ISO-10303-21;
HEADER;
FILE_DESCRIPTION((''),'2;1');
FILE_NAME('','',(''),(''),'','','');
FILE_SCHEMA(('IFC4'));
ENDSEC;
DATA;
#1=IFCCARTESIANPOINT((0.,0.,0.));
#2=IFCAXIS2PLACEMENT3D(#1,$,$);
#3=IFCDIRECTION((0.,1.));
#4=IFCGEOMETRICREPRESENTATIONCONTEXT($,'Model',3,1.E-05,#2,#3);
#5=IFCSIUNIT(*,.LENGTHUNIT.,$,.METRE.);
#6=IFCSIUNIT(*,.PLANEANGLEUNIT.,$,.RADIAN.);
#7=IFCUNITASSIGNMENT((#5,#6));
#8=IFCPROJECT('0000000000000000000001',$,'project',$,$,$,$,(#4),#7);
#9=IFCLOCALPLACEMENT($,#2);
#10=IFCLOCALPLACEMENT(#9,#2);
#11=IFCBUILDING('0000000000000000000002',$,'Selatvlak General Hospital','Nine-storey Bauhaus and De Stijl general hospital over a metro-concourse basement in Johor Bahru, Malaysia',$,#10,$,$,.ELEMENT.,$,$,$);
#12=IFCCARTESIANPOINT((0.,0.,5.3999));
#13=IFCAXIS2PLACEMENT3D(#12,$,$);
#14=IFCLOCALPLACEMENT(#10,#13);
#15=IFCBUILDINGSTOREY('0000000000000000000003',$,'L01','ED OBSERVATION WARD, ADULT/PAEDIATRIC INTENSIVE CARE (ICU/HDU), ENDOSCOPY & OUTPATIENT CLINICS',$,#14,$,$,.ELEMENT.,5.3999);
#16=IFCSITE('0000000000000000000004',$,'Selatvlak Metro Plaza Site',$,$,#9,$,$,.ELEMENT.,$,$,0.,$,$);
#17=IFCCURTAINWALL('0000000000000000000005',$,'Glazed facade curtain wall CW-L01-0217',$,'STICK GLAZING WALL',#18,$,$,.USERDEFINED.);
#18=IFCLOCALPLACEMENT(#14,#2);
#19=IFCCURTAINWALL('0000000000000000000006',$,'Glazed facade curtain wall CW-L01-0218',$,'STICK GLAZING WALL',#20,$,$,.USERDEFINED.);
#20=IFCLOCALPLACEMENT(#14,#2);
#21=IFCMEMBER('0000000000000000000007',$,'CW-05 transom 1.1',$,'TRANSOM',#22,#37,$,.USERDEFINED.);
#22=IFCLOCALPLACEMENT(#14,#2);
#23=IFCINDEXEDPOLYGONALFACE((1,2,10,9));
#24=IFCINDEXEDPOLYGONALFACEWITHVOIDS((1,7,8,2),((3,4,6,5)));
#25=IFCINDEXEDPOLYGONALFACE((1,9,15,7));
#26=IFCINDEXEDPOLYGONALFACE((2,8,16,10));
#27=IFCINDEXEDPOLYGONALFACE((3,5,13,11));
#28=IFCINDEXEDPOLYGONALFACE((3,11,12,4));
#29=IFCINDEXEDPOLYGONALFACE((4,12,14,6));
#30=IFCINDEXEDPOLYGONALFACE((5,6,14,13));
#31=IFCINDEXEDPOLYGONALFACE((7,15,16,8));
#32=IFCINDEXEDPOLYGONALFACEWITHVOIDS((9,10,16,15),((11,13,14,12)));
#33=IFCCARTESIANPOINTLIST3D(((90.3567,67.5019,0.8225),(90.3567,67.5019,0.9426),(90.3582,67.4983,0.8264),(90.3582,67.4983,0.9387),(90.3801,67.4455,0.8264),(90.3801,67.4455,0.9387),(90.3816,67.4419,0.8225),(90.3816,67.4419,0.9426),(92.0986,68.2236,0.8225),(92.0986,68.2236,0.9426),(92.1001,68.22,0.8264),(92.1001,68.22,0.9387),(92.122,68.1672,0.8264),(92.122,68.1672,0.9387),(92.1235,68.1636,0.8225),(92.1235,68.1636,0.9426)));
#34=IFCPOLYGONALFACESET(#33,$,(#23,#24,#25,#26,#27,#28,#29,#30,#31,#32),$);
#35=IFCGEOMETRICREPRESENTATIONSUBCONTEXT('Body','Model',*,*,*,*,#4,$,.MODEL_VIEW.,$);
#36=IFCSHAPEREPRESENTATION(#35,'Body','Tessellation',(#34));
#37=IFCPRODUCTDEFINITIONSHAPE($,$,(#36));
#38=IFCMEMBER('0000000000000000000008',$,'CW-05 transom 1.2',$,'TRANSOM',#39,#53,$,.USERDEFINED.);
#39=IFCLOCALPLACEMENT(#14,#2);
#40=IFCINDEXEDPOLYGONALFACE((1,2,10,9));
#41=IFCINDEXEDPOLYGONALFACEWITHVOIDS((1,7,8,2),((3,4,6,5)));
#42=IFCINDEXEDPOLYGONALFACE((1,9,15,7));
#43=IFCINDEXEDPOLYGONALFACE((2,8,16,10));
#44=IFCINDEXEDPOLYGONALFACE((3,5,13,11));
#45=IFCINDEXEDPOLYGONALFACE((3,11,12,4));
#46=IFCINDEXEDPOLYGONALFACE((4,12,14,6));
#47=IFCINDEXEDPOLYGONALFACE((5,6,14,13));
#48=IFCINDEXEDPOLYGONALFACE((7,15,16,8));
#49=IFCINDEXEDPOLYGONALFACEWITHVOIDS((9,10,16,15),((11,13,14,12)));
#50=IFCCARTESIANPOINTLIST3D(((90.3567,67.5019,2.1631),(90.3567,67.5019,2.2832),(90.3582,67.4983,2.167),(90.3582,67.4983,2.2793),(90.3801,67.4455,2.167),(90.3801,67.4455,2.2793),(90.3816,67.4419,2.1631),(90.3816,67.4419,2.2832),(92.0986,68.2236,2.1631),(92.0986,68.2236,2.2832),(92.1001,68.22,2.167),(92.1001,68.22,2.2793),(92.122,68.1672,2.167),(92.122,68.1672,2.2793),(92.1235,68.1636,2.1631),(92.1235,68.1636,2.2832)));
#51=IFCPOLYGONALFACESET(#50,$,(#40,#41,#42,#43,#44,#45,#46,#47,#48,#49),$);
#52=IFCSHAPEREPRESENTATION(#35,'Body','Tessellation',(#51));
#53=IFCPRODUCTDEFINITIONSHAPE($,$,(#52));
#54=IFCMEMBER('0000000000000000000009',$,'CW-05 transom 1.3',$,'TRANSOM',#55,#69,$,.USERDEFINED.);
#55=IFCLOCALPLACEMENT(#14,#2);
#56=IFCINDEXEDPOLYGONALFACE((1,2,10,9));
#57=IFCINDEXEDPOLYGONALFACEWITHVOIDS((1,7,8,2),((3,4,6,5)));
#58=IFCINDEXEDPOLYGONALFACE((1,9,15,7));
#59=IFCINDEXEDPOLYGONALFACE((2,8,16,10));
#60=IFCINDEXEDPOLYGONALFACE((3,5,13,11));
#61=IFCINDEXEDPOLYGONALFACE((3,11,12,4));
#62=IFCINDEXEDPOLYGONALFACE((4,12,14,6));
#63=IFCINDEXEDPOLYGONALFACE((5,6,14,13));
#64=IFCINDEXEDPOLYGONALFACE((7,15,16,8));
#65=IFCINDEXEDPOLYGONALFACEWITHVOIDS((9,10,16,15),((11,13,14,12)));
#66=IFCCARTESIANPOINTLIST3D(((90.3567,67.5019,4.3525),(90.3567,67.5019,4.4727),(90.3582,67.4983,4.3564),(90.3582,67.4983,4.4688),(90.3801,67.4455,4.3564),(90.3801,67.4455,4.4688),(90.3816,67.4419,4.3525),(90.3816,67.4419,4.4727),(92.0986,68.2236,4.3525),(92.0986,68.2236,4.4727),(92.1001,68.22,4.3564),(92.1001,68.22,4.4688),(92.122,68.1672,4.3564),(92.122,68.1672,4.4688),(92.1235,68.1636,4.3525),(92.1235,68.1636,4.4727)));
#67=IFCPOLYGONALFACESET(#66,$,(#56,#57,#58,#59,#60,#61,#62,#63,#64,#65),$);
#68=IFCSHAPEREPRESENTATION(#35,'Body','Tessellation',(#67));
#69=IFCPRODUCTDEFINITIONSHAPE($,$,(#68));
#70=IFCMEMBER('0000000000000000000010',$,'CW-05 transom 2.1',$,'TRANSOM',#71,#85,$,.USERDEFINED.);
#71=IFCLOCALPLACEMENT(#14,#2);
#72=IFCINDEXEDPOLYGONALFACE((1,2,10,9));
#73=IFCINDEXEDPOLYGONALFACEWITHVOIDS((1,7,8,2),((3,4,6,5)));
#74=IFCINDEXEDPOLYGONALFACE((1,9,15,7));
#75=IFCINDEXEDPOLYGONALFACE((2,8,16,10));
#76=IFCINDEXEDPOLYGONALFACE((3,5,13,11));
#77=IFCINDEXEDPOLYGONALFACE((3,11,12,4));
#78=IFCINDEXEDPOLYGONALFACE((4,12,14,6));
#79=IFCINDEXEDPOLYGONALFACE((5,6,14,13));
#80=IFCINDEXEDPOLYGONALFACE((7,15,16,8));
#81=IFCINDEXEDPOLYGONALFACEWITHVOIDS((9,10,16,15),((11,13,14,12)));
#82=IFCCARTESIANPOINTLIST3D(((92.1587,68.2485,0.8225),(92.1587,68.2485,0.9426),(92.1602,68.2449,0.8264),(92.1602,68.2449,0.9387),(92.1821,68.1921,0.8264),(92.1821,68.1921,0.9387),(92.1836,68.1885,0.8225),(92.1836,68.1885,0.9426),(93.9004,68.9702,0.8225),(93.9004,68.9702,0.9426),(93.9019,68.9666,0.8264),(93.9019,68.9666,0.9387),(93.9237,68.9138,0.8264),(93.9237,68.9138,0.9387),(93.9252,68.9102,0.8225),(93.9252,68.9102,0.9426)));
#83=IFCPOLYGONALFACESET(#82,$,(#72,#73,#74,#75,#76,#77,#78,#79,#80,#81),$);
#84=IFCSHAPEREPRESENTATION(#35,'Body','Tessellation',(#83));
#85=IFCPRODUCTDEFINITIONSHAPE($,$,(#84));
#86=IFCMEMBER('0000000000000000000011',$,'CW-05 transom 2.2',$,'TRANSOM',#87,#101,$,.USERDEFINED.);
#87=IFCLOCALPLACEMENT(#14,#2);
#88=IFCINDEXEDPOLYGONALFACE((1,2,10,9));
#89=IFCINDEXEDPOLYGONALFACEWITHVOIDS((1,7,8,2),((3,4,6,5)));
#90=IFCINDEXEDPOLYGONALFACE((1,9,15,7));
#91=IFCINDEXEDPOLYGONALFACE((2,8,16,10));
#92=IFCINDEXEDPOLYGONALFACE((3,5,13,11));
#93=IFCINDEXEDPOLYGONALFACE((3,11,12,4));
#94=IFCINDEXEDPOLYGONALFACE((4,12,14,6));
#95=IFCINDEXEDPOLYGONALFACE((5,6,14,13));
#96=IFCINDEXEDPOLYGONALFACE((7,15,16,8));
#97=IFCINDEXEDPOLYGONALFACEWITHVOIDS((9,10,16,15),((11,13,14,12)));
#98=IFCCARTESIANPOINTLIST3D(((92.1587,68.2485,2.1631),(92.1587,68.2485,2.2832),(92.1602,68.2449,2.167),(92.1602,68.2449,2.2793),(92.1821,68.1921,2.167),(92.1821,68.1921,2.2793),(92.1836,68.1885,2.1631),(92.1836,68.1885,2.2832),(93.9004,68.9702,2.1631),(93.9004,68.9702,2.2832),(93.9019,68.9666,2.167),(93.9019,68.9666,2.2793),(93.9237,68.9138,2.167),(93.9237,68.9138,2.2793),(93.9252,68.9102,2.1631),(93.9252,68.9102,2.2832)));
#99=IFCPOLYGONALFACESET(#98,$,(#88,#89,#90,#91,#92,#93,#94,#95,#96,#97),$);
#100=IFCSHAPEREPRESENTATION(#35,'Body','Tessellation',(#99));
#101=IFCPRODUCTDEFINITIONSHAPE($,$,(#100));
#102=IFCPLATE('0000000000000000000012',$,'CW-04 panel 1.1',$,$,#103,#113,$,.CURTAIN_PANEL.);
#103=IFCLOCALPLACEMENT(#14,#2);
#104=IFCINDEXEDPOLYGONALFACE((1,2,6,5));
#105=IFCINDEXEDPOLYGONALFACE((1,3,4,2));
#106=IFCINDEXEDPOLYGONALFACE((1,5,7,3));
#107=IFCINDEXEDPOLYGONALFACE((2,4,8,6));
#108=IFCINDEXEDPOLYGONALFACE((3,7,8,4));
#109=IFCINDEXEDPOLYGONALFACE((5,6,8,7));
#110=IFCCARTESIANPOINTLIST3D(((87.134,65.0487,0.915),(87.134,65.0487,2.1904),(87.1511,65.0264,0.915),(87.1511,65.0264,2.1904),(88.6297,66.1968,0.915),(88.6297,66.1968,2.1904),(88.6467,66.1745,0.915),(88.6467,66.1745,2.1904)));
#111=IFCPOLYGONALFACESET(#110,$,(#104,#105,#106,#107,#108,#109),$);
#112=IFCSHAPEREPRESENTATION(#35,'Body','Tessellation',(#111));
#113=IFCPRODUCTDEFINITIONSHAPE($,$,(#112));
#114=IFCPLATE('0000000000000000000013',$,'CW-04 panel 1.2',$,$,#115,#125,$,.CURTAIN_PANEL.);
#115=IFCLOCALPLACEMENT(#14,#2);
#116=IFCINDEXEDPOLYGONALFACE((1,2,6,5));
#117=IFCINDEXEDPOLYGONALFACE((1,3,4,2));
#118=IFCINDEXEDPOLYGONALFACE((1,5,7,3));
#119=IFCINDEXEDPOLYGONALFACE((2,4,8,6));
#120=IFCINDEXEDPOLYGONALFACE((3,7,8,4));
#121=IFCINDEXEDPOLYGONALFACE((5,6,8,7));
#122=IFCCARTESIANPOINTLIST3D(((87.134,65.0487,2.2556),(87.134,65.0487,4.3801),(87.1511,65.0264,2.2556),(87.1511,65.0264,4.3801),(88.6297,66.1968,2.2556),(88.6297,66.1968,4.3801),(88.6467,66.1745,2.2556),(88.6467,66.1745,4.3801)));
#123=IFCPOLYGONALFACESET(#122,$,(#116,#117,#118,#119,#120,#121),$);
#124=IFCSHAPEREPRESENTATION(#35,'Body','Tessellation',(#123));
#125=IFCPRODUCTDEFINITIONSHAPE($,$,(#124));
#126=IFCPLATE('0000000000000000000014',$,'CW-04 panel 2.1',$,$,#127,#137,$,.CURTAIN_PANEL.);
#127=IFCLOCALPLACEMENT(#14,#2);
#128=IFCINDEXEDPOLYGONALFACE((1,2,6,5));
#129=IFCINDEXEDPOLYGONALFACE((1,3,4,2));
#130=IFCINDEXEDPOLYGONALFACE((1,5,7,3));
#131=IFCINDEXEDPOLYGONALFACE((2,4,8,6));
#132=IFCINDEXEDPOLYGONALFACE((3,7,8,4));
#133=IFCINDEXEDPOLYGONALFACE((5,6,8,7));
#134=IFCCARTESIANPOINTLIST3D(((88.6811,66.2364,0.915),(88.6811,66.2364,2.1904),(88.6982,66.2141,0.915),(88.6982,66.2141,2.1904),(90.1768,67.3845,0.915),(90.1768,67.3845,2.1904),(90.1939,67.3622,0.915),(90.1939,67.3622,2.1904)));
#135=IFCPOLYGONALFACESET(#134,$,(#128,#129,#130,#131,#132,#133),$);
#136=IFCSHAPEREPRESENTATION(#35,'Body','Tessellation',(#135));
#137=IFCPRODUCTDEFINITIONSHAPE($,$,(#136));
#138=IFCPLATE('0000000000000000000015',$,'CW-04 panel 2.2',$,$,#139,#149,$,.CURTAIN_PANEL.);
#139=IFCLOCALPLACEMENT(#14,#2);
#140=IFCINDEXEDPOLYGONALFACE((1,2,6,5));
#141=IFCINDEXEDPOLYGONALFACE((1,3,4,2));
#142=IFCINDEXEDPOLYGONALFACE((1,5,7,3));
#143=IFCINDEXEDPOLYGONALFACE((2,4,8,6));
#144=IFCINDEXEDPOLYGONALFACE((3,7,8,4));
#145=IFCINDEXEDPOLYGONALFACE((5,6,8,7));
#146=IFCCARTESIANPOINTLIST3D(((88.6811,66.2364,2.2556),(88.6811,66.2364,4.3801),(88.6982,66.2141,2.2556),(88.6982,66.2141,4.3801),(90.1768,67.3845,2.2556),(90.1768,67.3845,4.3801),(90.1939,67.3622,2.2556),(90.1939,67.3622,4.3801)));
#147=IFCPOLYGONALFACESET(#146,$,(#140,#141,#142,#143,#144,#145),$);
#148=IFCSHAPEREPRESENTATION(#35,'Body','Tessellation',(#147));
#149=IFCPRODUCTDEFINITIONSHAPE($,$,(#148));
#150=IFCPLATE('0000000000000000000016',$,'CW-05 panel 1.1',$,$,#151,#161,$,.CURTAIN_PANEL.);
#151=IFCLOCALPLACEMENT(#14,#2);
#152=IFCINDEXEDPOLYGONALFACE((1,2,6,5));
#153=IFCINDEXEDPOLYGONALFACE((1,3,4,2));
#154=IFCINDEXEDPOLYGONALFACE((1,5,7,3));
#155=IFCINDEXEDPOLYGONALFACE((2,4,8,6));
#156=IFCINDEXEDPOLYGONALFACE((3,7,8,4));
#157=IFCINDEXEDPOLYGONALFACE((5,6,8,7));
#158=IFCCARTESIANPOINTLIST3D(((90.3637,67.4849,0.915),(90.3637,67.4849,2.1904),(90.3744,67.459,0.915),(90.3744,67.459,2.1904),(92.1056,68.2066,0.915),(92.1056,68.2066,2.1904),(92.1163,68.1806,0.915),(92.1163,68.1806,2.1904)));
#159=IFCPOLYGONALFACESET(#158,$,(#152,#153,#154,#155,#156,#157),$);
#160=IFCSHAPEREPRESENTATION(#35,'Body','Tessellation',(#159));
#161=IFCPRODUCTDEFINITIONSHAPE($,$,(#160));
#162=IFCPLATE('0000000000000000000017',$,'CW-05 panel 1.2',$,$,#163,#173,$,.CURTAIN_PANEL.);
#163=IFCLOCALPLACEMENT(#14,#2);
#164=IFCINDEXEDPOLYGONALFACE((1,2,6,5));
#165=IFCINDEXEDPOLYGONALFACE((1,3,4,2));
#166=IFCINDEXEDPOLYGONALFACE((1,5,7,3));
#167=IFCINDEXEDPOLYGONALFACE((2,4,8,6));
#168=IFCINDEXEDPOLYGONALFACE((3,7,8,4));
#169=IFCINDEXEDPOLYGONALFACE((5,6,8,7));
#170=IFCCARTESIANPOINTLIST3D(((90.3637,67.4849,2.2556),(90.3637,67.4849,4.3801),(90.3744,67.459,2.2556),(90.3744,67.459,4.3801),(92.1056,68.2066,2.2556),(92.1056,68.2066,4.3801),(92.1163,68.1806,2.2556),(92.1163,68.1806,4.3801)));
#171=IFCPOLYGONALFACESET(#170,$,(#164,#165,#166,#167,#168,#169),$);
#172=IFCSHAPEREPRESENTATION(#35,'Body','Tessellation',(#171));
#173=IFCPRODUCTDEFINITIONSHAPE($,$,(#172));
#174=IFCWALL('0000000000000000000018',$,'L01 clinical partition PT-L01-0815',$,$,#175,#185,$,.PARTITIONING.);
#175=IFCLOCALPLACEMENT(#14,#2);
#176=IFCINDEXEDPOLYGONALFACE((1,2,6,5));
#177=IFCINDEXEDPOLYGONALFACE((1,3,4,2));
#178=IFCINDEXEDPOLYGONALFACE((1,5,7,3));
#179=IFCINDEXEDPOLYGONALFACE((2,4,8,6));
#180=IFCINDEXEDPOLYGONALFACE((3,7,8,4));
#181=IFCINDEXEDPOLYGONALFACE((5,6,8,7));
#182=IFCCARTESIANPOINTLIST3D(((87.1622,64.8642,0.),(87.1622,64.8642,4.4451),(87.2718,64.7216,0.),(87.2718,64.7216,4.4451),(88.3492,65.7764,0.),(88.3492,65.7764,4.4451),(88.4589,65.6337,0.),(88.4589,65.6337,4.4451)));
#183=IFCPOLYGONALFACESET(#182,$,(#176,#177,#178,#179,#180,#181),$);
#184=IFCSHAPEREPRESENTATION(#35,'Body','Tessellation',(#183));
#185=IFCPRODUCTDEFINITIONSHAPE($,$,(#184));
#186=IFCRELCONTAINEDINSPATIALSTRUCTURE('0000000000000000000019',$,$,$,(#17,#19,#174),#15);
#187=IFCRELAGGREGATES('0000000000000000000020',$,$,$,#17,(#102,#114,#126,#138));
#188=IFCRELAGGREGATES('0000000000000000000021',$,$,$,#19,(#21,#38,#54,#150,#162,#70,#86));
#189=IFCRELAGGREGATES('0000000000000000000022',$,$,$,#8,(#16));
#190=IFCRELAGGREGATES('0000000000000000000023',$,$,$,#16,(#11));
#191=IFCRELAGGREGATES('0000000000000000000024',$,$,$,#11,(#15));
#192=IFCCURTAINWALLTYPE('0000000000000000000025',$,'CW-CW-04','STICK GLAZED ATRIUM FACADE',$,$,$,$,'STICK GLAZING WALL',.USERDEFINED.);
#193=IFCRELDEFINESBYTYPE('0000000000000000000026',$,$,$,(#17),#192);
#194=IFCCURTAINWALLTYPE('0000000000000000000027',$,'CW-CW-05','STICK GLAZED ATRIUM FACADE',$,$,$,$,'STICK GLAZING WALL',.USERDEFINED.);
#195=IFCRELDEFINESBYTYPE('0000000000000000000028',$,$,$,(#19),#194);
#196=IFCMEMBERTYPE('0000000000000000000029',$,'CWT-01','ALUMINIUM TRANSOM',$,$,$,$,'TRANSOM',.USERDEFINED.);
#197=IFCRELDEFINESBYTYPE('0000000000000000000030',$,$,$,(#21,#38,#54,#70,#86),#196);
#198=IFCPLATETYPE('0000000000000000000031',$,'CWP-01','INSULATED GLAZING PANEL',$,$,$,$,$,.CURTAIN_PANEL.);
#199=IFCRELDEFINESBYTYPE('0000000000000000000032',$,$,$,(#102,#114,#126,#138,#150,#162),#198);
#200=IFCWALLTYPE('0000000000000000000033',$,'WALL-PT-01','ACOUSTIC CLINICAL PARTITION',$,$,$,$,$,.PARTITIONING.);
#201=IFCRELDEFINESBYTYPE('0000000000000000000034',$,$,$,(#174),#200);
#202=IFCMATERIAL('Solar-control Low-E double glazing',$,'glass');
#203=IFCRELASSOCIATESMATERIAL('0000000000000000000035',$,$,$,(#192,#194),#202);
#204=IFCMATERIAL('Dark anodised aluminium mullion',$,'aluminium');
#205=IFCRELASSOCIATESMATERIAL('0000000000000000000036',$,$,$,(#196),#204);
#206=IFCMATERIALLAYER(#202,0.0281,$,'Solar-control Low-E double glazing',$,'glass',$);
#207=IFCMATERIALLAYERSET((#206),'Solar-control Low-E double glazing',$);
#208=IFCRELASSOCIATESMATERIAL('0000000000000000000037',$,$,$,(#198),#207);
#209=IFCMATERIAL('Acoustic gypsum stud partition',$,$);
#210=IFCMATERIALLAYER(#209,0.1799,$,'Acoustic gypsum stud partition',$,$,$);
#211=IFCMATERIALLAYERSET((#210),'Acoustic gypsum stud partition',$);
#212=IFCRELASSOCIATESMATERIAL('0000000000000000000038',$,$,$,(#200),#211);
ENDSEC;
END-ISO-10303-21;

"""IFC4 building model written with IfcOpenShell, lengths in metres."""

from ifc_helpers import new_model, si_unit, direction, frame, frame_2d, origin, origin_2d, place, context, subcontext, project, spatial, rectangle, hollow_rectangle, extrude, material, layer, layer_set, material_profile, profile_set, type_object, element, aggregate, save


model = new_model("IFC4")

# Units and contexts
model_context = context("Model", 3, precision=1e-05, world=origin(), true_north=direction((0.0, 1.0)))
body_context = subcontext(model_context, "Body", "Model", "MODEL_VIEW")
ifc_project = project(units=[si_unit("LENGTHUNIT", "METRE"), si_unit("PLANEANGLEUNIT", "RADIAN")], contexts=[model_context])

# Site, building, storey
site_placement = place(None, origin())
site = spatial("IfcSite", under=ifc_project, at=site_placement, Name="Selatvlak Metro Plaza Site", CompositionType="ELEMENT", RefElevation=0.0)
building_placement = place(site_placement, origin())
building = spatial("IfcBuilding", under=site, at=building_placement, Name="Selatvlak General Hospital", Description="Nine-storey Bauhaus and De Stijl general hospital over a metro-concourse basement in Johor Bahru, Malaysia", CompositionType="ELEMENT")
storey_placement = place(building_placement, frame((0.0, 0.0, 5.3999)))
storey = spatial("IfcBuildingStorey", under=building, at=storey_placement, Name="L01", Description="ED OBSERVATION WARD, ADULT/PAEDIATRIC INTENSIVE CARE (ICU/HDU), ENDOSCOPY & OUTPATIENT CLINICS", CompositionType="ELEMENT", Elevation=5.3999)

# Curtain walls
ifc_material_1 = material(Name="Solar-control Low-E double glazing", Category="glass")
curtain_wall_type_1 = type_object("IfcCurtainWallType", Name="CW-CW-04", Description="STICK GLAZED ATRIUM FACADE", ElementType="STICK GLAZING WALL", PredefinedType="USERDEFINED", material=ifc_material_1)
curtain_wall_1_placement = place(storey_placement, origin())
curtain_wall_1 = element("IfcCurtainWall", 1, at=curtain_wall_1_placement, inside=storey, type_object=curtain_wall_type_1, Name="Glazed facade curtain wall CW-L01-0217", ObjectType="STICK GLAZING WALL", PredefinedType="USERDEFINED")
ifc_material_2 = material(Name="Dark anodised aluminium mullion", Category="aluminium")
curtain_wall_type_2 = type_object("IfcCurtainWallType", Name="CW-CW-05", Description="STICK GLAZED ATRIUM FACADE", ElementType="STICK GLAZING WALL", PredefinedType="USERDEFINED", material=ifc_material_1)
curtain_wall_2_placement = place(storey_placement, origin())
curtain_wall_2 = element("IfcCurtainWall", 2, at=curtain_wall_2_placement, inside=storey, type_object=curtain_wall_type_2, Name="Glazed facade curtain wall CW-L01-0218", ObjectType="STICK GLAZING WALL", PredefinedType="USERDEFINED")

# Members
ifc_material_profile_1 = material_profile(ifc_material_2, hollow_rectangle(XDim=0.0649, YDim=0.1201, WallThickness=0.0039, at=origin_2d()), Name="AL-TRN 65x120x4")
ifc_profile_set_1 = profile_set([ifc_material_profile_1], Name="Dark anodised aluminium mullion")
member_type_1 = type_object("IfcMemberType", Name="CWT-01", Description="ALUMINIUM TRANSOM", ElementType="TRANSOM", PredefinedType="USERDEFINED", material=ifc_profile_set_1)
member_1_placement = place(storey_placement, frame((90.3691, 67.4719, 0.8826), z_axis=(0.923853, 0.382748, 0.0), x_axis=(-0.382748, 0.923853, 0.0)))
member_1 = element("IfcMember", 3, at=member_1_placement, type_object=member_type_1, Name="CW-05 transom 1.1", ObjectType="TRANSOM", PredefinedType="USERDEFINED", context=body_context, shape_type="SweptSolid", body=[
    extrude(hollow_rectangle(XDim=0.0649, YDim=0.1201, WallThickness=0.0039, at=origin_2d()), origin(), (0.0, 0.0, 1.0), 1.8855),
])
member_2_placement = place(storey_placement, frame((90.3691, 67.4719, 2.2231), z_axis=(0.923853, 0.382748, 0.0), x_axis=(-0.382748, 0.923853, 0.0)))
member_2 = element("IfcMember", 4, at=member_2_placement, type_object=member_type_1, Name="CW-05 transom 1.2", ObjectType="TRANSOM", PredefinedType="USERDEFINED", context=body_context, shape_type="SweptSolid", body=[
    extrude(hollow_rectangle(XDim=0.0649, YDim=0.1201, WallThickness=0.0039, at=origin_2d()), origin(), (0.0, 0.0, 1.0), 1.8855),
])
member_3_placement = place(storey_placement, frame((90.3691, 67.4719, 4.4126), z_axis=(0.923853, 0.382748, 0.0), x_axis=(-0.382748, 0.923853, 0.0)))
member_3 = element("IfcMember", 5, at=member_3_placement, type_object=member_type_1, Name="CW-05 transom 1.3", ObjectType="TRANSOM", PredefinedType="USERDEFINED", context=body_context, shape_type="SweptSolid", body=[
    extrude(hollow_rectangle(XDim=0.0649, YDim=0.1201, WallThickness=0.0039, at=origin_2d()), origin(), (0.0, 0.0, 1.0), 1.8855),
])
member_4_placement = place(storey_placement, frame((92.1711, 68.2185, 0.8826), z_axis=(0.923834, 0.382794, 0.0), x_axis=(-0.382794, 0.923834, 0.0)))
member_4 = element("IfcMember", 6, at=member_4_placement, type_object=member_type_1, Name="CW-05 transom 2.1", ObjectType="TRANSOM", PredefinedType="USERDEFINED", context=body_context, shape_type="SweptSolid", body=[
    extrude(hollow_rectangle(XDim=0.0649, YDim=0.1201, WallThickness=0.0039, at=origin_2d()), origin(), (0.0, 0.0, 1.0), 1.8853),
])
member_5_placement = place(storey_placement, frame((92.1711, 68.2185, 2.2231), z_axis=(0.923834, 0.382794, 0.0), x_axis=(-0.382794, 0.923834, 0.0)))
member_5 = element("IfcMember", 7, at=member_5_placement, type_object=member_type_1, Name="CW-05 transom 2.2", ObjectType="TRANSOM", PredefinedType="USERDEFINED", context=body_context, shape_type="SweptSolid", body=[
    extrude(hollow_rectangle(XDim=0.0649, YDim=0.1201, WallThickness=0.0039, at=origin_2d()), origin(), (0.0, 0.0, 1.0), 1.8853),
])

# Plates
ifc_layer_1 = layer(ifc_material_1, 0.0281, Name="Solar-control Low-E double glazing", Category="glass")
ifc_layer_set_1 = layer_set([ifc_layer_1], Name="Solar-control Low-E double glazing")
plate_type = type_object("IfcPlateType", Name="CWP-01", Description="INSULATED GLAZING PANEL", PredefinedType="CURTAIN_PANEL", material=ifc_layer_set_1)
plate_1_placement = place(storey_placement, frame((87.8904, 65.6116, 0.915), z_axis=(0.0, 0.0, 1.0), x_axis=(0.793233, 0.608918, 0.0)))
plate_1 = element("IfcPlate", 8, at=plate_1_placement, type_object=plate_type, Name="CW-04 panel 1.1", PredefinedType="CURTAIN_PANEL", context=body_context, shape_type="SweptSolid", body=[
    extrude(rectangle(XDim=1.8855, YDim=0.0281, at=origin_2d()), origin(), (0.0, 0.0, 1.0), 1.2754),
])
plate_2_placement = place(storey_placement, frame((87.8904, 65.6116, 2.2556), z_axis=(0.0, 0.0, 1.0), x_axis=(0.793233, 0.608918, 0.0)))
plate_2 = element("IfcPlate", 9, at=plate_2_placement, type_object=plate_type, Name="CW-04 panel 1.2", PredefinedType="CURTAIN_PANEL", context=body_context, shape_type="SweptSolid", body=[
    extrude(rectangle(XDim=1.8855, YDim=0.0281, at=origin_2d()), origin(), (0.0, 0.0, 1.0), 2.1245),
])
plate_3_placement = place(storey_placement, frame((89.4375, 66.7993, 0.915), z_axis=(0.0, 0.0, 1.0), x_axis=(0.793233, 0.608918, 0.0)))
plate_3 = element("IfcPlate", 10, at=plate_3_placement, type_object=plate_type, Name="CW-04 panel 2.1", PredefinedType="CURTAIN_PANEL", context=body_context, shape_type="SweptSolid", body=[
    extrude(rectangle(XDim=1.8855, YDim=0.0281, at=origin_2d()), origin(), (0.0, 0.0, 1.0), 1.2754),
])
plate_4_placement = place(storey_placement, frame((89.4375, 66.7993, 2.2556), z_axis=(0.0, 0.0, 1.0), x_axis=(0.793233, 0.608918, 0.0)))
plate_4 = element("IfcPlate", 11, at=plate_4_placement, type_object=plate_type, Name="CW-04 panel 2.2", PredefinedType="CURTAIN_PANEL", context=body_context, shape_type="SweptSolid", body=[
    extrude(rectangle(XDim=1.8855, YDim=0.0281, at=origin_2d()), origin(), (0.0, 0.0, 1.0), 2.1245),
])
aggregate(curtain_wall_1, [plate_1, plate_2, plate_3, plate_4])
plate_5_placement = place(storey_placement, frame((91.24, 67.8328, 0.915), z_axis=(0.0, 0.0, 1.0), x_axis=(0.923851, 0.382753, 0.0)))
plate_5 = element("IfcPlate", 12, at=plate_5_placement, type_object=plate_type, Name="CW-05 panel 1.1", PredefinedType="CURTAIN_PANEL", context=body_context, shape_type="SweptSolid", body=[
    extrude(rectangle(XDim=1.8855, YDim=0.0281, at=origin_2d()), origin(), (0.0, 0.0, 1.0), 1.2754),
])
plate_6_placement = place(storey_placement, frame((91.24, 67.8328, 2.2556), z_axis=(0.0, 0.0, 1.0), x_axis=(0.923851, 0.382753, 0.0)))
plate_6 = element("IfcPlate", 13, at=plate_6_placement, type_object=plate_type, Name="CW-05 panel 1.2", PredefinedType="CURTAIN_PANEL", context=body_context, shape_type="SweptSolid", body=[
    extrude(rectangle(XDim=1.8855, YDim=0.0281, at=origin_2d()), origin(), (0.0, 0.0, 1.0), 2.1245),
])
aggregate(curtain_wall_2, [member_1, member_2, member_3, plate_5, plate_6, member_4, member_5])

# Wall
ifc_material_3 = material(Name="Acoustic gypsum stud partition")
ifc_layer_2 = layer(ifc_material_3, 0.1799, Name="Acoustic gypsum stud partition")
ifc_layer_set_2 = layer_set([ifc_layer_2], Name="Acoustic gypsum stud partition")
wall_type = type_object("IfcWallType", Name="WALL-PT-01", Description="ACOUSTIC CLINICAL PARTITION", PredefinedType="PARTITIONING", material=ifc_layer_set_2)
wall_placement = place(storey_placement, frame((88.4041, 65.7051, 0.0), z_axis=(0.0, 0.0, 1.0), x_axis=(-0.792939, -0.609301, 0.0)))
element("IfcWall", 14, at=wall_placement, inside=storey, type_object=wall_type, Name="L01 clinical partition PT-L01-0815", PredefinedType="PARTITIONING", context=body_context, shape_type="SweptSolid", body=[
    extrude(rectangle(XDim=1.4971, YDim=0.1799, at=frame_2d((0.7485, 0.0))), origin(), (0.0, 0.0, 1.0), 4.4451),
])

save(model, "model.ifc")
